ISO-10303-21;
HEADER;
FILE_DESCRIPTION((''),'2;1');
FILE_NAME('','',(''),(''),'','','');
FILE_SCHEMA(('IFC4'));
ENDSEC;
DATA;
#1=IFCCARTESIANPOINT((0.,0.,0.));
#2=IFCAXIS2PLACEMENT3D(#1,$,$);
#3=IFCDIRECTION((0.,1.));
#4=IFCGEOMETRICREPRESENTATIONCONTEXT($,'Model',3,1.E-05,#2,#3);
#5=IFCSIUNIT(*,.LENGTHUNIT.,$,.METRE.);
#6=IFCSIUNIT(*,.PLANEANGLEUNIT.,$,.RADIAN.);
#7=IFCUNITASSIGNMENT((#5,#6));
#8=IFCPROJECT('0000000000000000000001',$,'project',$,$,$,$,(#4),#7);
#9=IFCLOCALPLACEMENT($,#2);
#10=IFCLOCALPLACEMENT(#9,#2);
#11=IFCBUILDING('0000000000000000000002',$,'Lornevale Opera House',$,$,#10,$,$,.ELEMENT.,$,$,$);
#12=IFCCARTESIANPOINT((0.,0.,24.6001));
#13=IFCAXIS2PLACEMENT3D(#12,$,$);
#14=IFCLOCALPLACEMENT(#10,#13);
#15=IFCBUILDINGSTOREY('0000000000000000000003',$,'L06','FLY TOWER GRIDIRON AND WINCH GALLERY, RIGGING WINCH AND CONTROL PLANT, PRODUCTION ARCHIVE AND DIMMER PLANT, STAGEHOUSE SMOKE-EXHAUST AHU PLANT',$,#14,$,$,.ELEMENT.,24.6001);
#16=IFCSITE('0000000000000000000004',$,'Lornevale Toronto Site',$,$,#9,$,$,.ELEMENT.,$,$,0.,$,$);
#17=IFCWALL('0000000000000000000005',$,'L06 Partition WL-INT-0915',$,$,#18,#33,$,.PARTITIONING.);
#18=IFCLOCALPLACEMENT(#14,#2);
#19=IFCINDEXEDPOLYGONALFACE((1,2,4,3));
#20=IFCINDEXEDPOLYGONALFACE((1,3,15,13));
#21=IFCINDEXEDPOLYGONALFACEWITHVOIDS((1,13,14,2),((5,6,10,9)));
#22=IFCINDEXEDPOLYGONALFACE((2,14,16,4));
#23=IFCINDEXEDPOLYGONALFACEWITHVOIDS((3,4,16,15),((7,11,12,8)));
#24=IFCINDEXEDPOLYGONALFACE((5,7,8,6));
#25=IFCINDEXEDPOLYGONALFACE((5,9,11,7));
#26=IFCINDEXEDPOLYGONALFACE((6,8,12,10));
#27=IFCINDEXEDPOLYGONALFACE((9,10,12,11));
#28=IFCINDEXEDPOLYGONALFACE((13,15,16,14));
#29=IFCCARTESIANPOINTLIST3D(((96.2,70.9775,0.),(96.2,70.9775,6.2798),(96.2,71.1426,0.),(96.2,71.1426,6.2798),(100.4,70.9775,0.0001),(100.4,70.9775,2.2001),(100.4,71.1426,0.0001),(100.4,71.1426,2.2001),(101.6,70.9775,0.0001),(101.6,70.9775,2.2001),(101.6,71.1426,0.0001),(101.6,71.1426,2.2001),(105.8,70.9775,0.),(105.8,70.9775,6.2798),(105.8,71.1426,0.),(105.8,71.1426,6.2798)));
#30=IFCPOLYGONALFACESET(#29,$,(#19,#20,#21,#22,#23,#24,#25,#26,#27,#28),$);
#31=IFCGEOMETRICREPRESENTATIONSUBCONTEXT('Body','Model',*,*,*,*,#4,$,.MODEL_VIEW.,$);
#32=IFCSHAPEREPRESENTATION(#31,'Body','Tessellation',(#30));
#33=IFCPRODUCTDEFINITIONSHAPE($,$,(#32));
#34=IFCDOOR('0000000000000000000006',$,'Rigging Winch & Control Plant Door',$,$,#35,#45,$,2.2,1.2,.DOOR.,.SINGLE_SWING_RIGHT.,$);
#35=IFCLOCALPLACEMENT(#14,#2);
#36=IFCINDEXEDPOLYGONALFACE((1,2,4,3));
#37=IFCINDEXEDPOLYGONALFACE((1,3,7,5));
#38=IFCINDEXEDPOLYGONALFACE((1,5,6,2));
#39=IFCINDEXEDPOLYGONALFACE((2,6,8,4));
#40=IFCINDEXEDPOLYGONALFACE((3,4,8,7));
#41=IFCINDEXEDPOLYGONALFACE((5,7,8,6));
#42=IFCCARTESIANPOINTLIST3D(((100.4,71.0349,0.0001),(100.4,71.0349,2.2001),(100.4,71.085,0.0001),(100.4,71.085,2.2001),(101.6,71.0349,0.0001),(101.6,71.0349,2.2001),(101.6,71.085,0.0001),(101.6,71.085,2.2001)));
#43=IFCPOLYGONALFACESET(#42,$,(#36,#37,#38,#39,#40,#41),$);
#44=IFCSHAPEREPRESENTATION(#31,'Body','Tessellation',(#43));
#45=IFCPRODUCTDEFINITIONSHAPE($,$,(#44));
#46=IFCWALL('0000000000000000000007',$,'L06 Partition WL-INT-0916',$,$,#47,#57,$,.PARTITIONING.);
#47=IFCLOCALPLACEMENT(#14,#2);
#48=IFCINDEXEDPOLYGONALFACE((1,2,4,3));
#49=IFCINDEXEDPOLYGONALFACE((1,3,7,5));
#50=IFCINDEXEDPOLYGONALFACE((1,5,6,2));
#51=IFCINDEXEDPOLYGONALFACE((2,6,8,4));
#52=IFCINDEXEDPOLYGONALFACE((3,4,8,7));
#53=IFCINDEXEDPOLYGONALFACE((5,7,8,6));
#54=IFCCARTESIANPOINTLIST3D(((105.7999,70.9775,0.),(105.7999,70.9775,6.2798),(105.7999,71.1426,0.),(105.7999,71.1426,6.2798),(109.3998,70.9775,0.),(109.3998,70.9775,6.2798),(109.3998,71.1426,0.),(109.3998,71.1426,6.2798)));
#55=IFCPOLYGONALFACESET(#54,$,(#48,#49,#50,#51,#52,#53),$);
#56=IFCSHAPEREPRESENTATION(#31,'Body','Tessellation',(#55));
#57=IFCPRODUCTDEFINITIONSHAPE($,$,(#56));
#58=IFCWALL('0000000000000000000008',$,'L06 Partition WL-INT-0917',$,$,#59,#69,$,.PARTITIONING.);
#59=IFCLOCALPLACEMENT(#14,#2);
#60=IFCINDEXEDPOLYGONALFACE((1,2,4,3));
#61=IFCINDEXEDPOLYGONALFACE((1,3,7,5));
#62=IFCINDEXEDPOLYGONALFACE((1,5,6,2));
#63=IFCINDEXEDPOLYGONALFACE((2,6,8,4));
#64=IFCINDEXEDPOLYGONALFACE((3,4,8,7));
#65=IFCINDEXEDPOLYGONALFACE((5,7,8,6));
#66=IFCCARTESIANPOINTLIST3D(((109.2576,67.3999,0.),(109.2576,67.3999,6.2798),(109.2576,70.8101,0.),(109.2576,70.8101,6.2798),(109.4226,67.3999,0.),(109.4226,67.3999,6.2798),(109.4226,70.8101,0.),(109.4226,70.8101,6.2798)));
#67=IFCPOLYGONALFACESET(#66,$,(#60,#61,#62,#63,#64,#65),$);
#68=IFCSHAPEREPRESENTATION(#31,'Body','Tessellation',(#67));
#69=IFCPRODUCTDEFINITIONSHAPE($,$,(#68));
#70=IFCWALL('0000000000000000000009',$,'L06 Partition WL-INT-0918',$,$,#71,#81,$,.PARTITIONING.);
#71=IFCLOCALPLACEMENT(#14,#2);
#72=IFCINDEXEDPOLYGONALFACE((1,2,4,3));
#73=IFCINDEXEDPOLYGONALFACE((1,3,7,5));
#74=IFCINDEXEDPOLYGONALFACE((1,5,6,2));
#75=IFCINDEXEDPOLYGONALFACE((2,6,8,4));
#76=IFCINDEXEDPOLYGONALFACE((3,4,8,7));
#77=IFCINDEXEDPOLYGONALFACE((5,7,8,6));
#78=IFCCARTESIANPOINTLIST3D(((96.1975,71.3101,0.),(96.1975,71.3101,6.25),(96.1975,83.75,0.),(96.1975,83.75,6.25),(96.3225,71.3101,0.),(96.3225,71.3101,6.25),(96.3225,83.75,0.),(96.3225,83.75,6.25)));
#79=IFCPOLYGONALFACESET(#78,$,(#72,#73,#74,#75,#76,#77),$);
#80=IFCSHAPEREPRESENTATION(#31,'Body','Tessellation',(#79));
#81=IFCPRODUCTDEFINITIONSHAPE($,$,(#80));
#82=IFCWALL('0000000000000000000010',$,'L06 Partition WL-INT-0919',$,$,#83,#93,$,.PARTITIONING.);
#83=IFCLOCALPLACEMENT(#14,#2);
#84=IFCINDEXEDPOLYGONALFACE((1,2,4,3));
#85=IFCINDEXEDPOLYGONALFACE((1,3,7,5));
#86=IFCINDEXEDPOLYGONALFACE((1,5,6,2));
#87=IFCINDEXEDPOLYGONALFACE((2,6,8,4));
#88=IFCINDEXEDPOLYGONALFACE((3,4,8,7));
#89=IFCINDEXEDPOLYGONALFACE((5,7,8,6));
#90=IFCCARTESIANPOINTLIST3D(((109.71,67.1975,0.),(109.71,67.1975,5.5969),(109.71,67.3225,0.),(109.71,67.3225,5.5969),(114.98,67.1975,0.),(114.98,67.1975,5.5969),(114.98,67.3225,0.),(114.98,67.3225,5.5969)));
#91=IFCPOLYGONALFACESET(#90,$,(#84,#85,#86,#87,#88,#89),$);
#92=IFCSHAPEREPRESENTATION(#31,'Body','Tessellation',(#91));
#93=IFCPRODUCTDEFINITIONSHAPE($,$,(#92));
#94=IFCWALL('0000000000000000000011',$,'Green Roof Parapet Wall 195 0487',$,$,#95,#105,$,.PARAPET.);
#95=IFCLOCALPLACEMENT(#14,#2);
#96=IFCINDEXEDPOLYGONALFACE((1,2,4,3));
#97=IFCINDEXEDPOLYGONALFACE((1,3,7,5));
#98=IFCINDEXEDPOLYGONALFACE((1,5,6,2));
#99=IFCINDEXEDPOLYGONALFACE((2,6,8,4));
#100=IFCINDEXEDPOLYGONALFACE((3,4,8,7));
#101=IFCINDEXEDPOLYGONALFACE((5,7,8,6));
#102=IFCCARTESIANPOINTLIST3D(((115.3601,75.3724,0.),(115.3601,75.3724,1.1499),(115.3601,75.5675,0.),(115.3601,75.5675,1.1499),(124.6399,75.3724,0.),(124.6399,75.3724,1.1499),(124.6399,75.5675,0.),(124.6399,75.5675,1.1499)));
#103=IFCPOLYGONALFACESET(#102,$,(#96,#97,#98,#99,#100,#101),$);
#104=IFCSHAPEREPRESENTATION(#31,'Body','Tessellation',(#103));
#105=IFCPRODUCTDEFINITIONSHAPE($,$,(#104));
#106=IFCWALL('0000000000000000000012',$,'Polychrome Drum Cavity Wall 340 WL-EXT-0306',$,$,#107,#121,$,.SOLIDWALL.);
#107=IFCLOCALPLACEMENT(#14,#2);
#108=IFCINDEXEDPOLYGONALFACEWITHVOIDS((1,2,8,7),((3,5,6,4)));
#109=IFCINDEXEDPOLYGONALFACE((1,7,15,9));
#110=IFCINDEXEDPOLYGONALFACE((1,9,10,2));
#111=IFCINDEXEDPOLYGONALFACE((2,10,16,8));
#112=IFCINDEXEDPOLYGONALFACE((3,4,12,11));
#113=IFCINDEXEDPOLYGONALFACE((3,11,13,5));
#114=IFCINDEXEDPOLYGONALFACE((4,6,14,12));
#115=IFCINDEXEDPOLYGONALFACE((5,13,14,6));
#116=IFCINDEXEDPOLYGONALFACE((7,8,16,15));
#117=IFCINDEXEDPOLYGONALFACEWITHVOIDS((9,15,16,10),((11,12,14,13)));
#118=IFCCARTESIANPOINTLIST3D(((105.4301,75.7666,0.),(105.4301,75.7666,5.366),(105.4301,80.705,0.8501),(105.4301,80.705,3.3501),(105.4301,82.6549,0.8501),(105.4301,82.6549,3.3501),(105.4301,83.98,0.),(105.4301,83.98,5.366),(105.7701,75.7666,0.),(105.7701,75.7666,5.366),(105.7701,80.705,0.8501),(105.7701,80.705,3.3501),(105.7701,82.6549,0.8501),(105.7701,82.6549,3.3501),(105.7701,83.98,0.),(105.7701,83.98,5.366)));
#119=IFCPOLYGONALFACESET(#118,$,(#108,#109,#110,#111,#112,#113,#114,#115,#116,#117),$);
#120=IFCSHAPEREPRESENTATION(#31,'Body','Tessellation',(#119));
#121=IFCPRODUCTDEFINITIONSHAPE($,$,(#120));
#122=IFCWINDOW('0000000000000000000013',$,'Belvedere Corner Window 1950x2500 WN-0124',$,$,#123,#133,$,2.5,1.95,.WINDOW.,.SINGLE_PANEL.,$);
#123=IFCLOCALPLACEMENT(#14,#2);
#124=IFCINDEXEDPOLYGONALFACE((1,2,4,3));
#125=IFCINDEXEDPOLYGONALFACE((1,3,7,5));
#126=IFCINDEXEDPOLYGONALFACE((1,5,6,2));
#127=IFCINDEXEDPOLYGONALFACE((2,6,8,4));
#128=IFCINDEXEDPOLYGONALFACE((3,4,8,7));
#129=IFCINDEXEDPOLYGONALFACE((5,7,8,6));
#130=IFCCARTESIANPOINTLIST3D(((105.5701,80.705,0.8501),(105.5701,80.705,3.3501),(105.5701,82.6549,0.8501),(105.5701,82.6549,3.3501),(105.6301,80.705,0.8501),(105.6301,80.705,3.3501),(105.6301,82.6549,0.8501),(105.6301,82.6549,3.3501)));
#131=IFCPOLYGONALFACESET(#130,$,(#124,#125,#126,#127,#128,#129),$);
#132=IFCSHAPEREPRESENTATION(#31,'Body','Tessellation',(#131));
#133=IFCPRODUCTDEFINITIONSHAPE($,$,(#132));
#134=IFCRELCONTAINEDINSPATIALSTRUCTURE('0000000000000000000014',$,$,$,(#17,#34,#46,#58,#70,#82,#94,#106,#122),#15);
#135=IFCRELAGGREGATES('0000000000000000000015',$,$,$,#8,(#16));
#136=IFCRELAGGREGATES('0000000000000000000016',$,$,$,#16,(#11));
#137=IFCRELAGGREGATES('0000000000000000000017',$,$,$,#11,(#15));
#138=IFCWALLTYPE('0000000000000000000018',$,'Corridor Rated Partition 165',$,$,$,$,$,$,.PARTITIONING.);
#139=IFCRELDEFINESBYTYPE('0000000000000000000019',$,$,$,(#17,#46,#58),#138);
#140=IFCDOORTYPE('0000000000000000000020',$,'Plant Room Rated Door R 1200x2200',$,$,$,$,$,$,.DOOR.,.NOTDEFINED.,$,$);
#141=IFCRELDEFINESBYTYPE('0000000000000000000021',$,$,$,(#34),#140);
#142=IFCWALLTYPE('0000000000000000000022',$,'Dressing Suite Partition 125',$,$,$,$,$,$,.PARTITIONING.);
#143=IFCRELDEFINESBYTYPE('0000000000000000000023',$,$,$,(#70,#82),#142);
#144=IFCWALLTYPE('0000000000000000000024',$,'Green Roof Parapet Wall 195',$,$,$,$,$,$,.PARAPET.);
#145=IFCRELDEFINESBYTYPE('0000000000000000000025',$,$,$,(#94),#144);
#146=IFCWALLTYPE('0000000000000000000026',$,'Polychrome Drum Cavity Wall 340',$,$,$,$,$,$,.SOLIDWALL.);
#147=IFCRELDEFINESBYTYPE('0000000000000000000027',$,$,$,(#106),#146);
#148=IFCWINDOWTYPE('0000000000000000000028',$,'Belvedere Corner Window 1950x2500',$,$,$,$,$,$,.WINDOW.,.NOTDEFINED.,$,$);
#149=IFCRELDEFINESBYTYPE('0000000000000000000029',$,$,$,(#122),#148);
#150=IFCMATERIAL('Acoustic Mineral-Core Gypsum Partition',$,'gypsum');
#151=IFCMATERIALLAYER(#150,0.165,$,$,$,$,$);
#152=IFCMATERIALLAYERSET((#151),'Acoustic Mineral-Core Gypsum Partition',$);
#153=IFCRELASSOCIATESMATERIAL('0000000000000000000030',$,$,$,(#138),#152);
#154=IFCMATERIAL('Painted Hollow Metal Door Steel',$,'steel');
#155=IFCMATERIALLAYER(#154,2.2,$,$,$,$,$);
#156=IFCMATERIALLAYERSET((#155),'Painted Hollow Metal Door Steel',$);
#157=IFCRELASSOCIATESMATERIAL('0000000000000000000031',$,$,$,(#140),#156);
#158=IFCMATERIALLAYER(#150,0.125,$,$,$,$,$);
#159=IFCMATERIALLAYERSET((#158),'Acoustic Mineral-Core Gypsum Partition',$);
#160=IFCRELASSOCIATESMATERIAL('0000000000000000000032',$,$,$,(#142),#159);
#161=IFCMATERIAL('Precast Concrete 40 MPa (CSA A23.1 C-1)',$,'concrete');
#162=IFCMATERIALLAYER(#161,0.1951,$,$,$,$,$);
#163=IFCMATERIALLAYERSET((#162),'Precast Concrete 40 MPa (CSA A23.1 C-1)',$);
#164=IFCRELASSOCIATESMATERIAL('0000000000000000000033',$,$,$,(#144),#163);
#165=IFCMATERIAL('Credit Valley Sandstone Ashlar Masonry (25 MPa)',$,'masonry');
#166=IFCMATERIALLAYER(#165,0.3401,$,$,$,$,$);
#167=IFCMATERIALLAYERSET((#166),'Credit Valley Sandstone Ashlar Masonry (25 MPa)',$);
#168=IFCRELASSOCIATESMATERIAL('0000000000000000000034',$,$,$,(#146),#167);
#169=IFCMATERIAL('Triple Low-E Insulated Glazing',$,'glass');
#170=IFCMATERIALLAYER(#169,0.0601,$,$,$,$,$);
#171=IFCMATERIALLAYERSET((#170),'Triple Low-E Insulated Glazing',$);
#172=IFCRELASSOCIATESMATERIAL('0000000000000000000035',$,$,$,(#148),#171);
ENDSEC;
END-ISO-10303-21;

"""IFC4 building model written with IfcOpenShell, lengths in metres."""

from ifc_helpers import new_model, si_unit, direction, frame, frame_2d, origin, place, context, subcontext, project, spatial, rectangle, extrude, material, layer, layer_set, type_object, element, fill, save


model = new_model("IFC4")

# Units and contexts
model_context = context("Model", 3, precision=1e-05, world=origin(), true_north=direction((0.0, 1.0)))
body_context = subcontext(model_context, "Body", "Model", "MODEL_VIEW")
ifc_project = project(units=[si_unit("LENGTHUNIT", "METRE"), si_unit("PLANEANGLEUNIT", "RADIAN")], contexts=[model_context])

# Site, building, storey
site_placement = place(None, origin())
site = spatial("IfcSite", under=ifc_project, at=site_placement, Name="Lornevale Toronto Site", CompositionType="ELEMENT", RefElevation=0.0)
building_placement = place(site_placement, origin())
building = spatial("IfcBuilding", under=site, at=building_placement, Name="Lornevale Opera House", CompositionType="ELEMENT")
storey_placement = place(building_placement, frame((0.0, 0.0, 24.6001)))
storey = spatial("IfcBuildingStorey", under=building, at=storey_placement, Name="L06", Description="FLY TOWER GRIDIRON AND WINCH GALLERY, RIGGING WINCH AND CONTROL PLANT, PRODUCTION ARCHIVE AND DIMMER PLANT, STAGEHOUSE SMOKE-EXHAUST AHU PLANT", CompositionType="ELEMENT", Elevation=24.6001)

# Wall, opening, door
ifc_material_1 = material(Name="Acoustic Mineral-Core Gypsum Partition", Category="gypsum")
ifc_layer_1 = layer(ifc_material_1, 0.165)
ifc_layer_set_1 = layer_set([ifc_layer_1], Name="Acoustic Mineral-Core Gypsum Partition")
wall_type_1 = type_object("IfcWallType", Name="Corridor Rated Partition 165", PredefinedType="PARTITIONING", material=ifc_layer_set_1)
wall_1_placement = place(storey_placement, frame((96.2, 71.0601, 0.0), z_axis=(0.0, 0.0, 1.0), x_axis=(1.0, 0.0, 0.0)))
wall_1 = element("IfcWall", 1, at=wall_1_placement, inside=storey, type_object=wall_type_1, Name="L06 Partition WL-INT-0915", PredefinedType="PARTITIONING", context=body_context, shape_type="SweptSolid", body=[
    extrude(rectangle(XDim=9.6001, YDim=0.165, at=frame_2d((4.8, 0.0))), origin(), (0.0, 0.0, 1.0), 6.2798),
])
opening_1_placement = place(wall_1_placement, frame((4.2, 0.0, 0.0)))
opening_1 = element("IfcOpeningElement", 2, at=opening_1_placement, cuts=wall_1, PredefinedType="OPENING", context=body_context, shape_type="SweptSolid", body=[
    extrude(rectangle(XDim=1.2, YDim=2.2, at=frame_2d((0.6001, 1.1001))), frame((0.0, 0.0925, 0.0), z_axis=(0.0, -1.0, 0.0), x_axis=(1.0, 0.0, 0.0)), (0.0, 0.0, 1.0), 0.1851),
])
ifc_material_2 = material(Name="Painted Hollow Metal Door Steel", Category="steel")
ifc_layer_2 = layer(ifc_material_2, 2.2)
ifc_layer_set_2 = layer_set([ifc_layer_2], Name="Painted Hollow Metal Door Steel")
door_type = type_object("IfcDoorType", Name="Plant Room Rated Door R 1200x2200", OperationType="NOTDEFINED", PredefinedType="DOOR", material=ifc_layer_set_2)
door_placement = place(opening_1_placement, origin())
door = element("IfcDoor", 3, at=door_placement, inside=storey, type_object=door_type, Name="Rigging Winch & Control Plant Door", OperationType="SINGLE_SWING_RIGHT", OverallHeight=2.2, OverallWidth=1.2, PredefinedType="DOOR", context=body_context, shape_type="SweptSolid", body=[
    extrude(rectangle(XDim=1.2, YDim=2.2, at=frame_2d((0.6001, 1.1001))), frame((0.0, 0.0249, 0.0), z_axis=(0.0, -1.0, 0.0), x_axis=(1.0, 0.0, 0.0)), (0.0, 0.0, 1.0), 0.05),
])
fill(opening_1, door)

# Walls
wall_2_placement = place(storey_placement, frame((105.8, 71.0601, 0.0), z_axis=(0.0, 0.0, 1.0), x_axis=(1.0, 0.0, 0.0)))
element("IfcWall", 4, at=wall_2_placement, inside=storey, type_object=wall_type_1, Name="L06 Partition WL-INT-0916", PredefinedType="PARTITIONING", context=body_context, shape_type="SweptSolid", body=[
    extrude(rectangle(XDim=3.5999, YDim=0.165, at=frame_2d((1.7998, 0.0))), origin(), (0.0, 0.0, 1.0), 6.2798),
])
wall_3_placement = place(storey_placement, frame((109.3401, 67.3999, 0.0), z_axis=(0.0, 0.0, 1.0), x_axis=(0.0, 1.0, 0.0)))
element("IfcWall", 5, at=wall_3_placement, inside=storey, type_object=wall_type_1, Name="L06 Partition WL-INT-0917", PredefinedType="PARTITIONING", context=body_context, shape_type="SweptSolid", body=[
    extrude(rectangle(XDim=3.4102, YDim=0.165, at=frame_2d((1.7051, 0.0))), origin(), (0.0, 0.0, 1.0), 6.2798),
])
ifc_layer_3 = layer(ifc_material_1, 0.125)
ifc_layer_set_3 = layer_set([ifc_layer_3], Name="Acoustic Mineral-Core Gypsum Partition")
wall_type_2 = type_object("IfcWallType", Name="Dressing Suite Partition 125", PredefinedType="PARTITIONING", material=ifc_layer_set_3)
wall_4_placement = place(storey_placement, frame((96.26, 71.3101, 0.0), z_axis=(0.0, 0.0, 1.0), x_axis=(0.0, 1.0, 0.0)))
element("IfcWall", 6, at=wall_4_placement, inside=storey, type_object=wall_type_2, Name="L06 Partition WL-INT-0918", PredefinedType="PARTITIONING", context=body_context, shape_type="SweptSolid", body=[
    extrude(rectangle(XDim=12.4399, YDim=0.125, at=frame_2d((6.22, 0.0))), origin(), (0.0, 0.0, 1.0), 6.25),
])
wall_5_placement = place(storey_placement, frame((109.71, 67.26, 0.0), z_axis=(0.0, 0.0, 1.0), x_axis=(1.0, 0.0, 0.0)))
element("IfcWall", 7, at=wall_5_placement, inside=storey, type_object=wall_type_2, Name="L06 Partition WL-INT-0919", PredefinedType="PARTITIONING", context=body_context, shape_type="SweptSolid", body=[
    extrude(rectangle(XDim=5.27, YDim=0.125, at=frame_2d((2.635, 0.0))), origin(), (0.0, 0.0, 1.0), 5.5969),
])
ifc_material_3 = material(Name="Precast Concrete 40 MPa (CSA A23.1 C-1)", Category="concrete")
ifc_layer_4 = layer(ifc_material_3, 0.1951)
ifc_layer_set_4 = layer_set([ifc_layer_4], Name="Precast Concrete 40 MPa (CSA A23.1 C-1)")
wall_type_3 = type_object("IfcWallType", Name="Green Roof Parapet Wall 195", PredefinedType="PARAPET", material=ifc_layer_set_4)
wall_6_placement = place(storey_placement, frame((115.3601, 75.47, 0.0), z_axis=(0.0, 0.0, 1.0), x_axis=(1.0, 0.0, 0.0)))
element("IfcWall", 8, at=wall_6_placement, inside=storey, type_object=wall_type_3, Name="Green Roof Parapet Wall 195 0487", PredefinedType="PARAPET", context=body_context, shape_type="SweptSolid", body=[
    extrude(rectangle(XDim=9.2798, YDim=0.1951, at=frame_2d((4.6399, 0.0))), origin(), (0.0, 0.0, 1.0), 1.1499),
])

# Wall, opening, window
ifc_material_4 = material(Name="Credit Valley Sandstone Ashlar Masonry (25 MPa)", Category="masonry")
ifc_layer_5 = layer(ifc_material_4, 0.3401)
ifc_layer_set_5 = layer_set([ifc_layer_5], Name="Credit Valley Sandstone Ashlar Masonry (25 MPa)")
wall_type_4 = type_object("IfcWallType", Name="Polychrome Drum Cavity Wall 340", PredefinedType="SOLIDWALL", material=ifc_layer_set_5)
wall_7_placement = place(storey_placement, frame((105.6001, 83.98, 0.0), z_axis=(0.0, 0.0, 1.0), x_axis=(0.0, -1.0, 0.0)))
wall_7 = element("IfcWall", 9, at=wall_7_placement, inside=storey, type_object=wall_type_4, Name="Polychrome Drum Cavity Wall 340 WL-EXT-0306", PredefinedType="SOLIDWALL", context=body_context, shape_type="SweptSolid", body=[
    extrude(rectangle(XDim=8.2134, YDim=0.3401, at=frame_2d((4.1067, 0.0))), origin(), (0.0, 0.0, 1.0), 5.366),
])
opening_2_placement = place(wall_7_placement, frame((1.325, 0.0, 0.8501)))
opening_2 = element("IfcOpeningElement", 10, at=opening_2_placement, cuts=wall_7, PredefinedType="OPENING", context=body_context, shape_type="SweptSolid", body=[
    extrude(rectangle(XDim=1.95, YDim=2.5, at=frame_2d((0.9751, 1.25))), frame((0.0, 0.1799, 0.0), z_axis=(0.0, -1.0, 0.0), x_axis=(1.0, 0.0, 0.0)), (0.0, 0.0, 1.0), 0.3601),
])
ifc_material_5 = material(Name="Triple Low-E Insulated Glazing", Category="glass")
ifc_layer_6 = layer(ifc_material_5, 0.0601)
ifc_layer_set_6 = layer_set([ifc_layer_6], Name="Triple Low-E Insulated Glazing")
window_type_1 = type_object("IfcWindowType", Name="Belvedere Corner Window 1950x2500", PartitioningType="NOTDEFINED", PredefinedType="WINDOW", material=ifc_layer_set_6)
window_1_placement = place(opening_2_placement, origin())
window_1 = element("IfcWindow", 11, at=window_1_placement, inside=storey, type_object=window_type_1, Name="Belvedere Corner Window 1950x2500 WN-0124", OverallHeight=2.5, OverallWidth=1.95, PartitioningType="SINGLE_PANEL", PredefinedType="WINDOW", context=body_context, shape_type="SweptSolid", body=[
    extrude(rectangle(XDim=1.95, YDim=2.5, at=frame_2d((0.9751, 1.25))), frame((0.0, 0.03, 0.0), z_axis=(0.0, -1.0, 0.0), x_axis=(1.0, 0.0, 0.0)), (0.0, 0.0, 1.0), 0.0601),
])
fill(opening_2, window_1)

save(model, "model.ifc")
